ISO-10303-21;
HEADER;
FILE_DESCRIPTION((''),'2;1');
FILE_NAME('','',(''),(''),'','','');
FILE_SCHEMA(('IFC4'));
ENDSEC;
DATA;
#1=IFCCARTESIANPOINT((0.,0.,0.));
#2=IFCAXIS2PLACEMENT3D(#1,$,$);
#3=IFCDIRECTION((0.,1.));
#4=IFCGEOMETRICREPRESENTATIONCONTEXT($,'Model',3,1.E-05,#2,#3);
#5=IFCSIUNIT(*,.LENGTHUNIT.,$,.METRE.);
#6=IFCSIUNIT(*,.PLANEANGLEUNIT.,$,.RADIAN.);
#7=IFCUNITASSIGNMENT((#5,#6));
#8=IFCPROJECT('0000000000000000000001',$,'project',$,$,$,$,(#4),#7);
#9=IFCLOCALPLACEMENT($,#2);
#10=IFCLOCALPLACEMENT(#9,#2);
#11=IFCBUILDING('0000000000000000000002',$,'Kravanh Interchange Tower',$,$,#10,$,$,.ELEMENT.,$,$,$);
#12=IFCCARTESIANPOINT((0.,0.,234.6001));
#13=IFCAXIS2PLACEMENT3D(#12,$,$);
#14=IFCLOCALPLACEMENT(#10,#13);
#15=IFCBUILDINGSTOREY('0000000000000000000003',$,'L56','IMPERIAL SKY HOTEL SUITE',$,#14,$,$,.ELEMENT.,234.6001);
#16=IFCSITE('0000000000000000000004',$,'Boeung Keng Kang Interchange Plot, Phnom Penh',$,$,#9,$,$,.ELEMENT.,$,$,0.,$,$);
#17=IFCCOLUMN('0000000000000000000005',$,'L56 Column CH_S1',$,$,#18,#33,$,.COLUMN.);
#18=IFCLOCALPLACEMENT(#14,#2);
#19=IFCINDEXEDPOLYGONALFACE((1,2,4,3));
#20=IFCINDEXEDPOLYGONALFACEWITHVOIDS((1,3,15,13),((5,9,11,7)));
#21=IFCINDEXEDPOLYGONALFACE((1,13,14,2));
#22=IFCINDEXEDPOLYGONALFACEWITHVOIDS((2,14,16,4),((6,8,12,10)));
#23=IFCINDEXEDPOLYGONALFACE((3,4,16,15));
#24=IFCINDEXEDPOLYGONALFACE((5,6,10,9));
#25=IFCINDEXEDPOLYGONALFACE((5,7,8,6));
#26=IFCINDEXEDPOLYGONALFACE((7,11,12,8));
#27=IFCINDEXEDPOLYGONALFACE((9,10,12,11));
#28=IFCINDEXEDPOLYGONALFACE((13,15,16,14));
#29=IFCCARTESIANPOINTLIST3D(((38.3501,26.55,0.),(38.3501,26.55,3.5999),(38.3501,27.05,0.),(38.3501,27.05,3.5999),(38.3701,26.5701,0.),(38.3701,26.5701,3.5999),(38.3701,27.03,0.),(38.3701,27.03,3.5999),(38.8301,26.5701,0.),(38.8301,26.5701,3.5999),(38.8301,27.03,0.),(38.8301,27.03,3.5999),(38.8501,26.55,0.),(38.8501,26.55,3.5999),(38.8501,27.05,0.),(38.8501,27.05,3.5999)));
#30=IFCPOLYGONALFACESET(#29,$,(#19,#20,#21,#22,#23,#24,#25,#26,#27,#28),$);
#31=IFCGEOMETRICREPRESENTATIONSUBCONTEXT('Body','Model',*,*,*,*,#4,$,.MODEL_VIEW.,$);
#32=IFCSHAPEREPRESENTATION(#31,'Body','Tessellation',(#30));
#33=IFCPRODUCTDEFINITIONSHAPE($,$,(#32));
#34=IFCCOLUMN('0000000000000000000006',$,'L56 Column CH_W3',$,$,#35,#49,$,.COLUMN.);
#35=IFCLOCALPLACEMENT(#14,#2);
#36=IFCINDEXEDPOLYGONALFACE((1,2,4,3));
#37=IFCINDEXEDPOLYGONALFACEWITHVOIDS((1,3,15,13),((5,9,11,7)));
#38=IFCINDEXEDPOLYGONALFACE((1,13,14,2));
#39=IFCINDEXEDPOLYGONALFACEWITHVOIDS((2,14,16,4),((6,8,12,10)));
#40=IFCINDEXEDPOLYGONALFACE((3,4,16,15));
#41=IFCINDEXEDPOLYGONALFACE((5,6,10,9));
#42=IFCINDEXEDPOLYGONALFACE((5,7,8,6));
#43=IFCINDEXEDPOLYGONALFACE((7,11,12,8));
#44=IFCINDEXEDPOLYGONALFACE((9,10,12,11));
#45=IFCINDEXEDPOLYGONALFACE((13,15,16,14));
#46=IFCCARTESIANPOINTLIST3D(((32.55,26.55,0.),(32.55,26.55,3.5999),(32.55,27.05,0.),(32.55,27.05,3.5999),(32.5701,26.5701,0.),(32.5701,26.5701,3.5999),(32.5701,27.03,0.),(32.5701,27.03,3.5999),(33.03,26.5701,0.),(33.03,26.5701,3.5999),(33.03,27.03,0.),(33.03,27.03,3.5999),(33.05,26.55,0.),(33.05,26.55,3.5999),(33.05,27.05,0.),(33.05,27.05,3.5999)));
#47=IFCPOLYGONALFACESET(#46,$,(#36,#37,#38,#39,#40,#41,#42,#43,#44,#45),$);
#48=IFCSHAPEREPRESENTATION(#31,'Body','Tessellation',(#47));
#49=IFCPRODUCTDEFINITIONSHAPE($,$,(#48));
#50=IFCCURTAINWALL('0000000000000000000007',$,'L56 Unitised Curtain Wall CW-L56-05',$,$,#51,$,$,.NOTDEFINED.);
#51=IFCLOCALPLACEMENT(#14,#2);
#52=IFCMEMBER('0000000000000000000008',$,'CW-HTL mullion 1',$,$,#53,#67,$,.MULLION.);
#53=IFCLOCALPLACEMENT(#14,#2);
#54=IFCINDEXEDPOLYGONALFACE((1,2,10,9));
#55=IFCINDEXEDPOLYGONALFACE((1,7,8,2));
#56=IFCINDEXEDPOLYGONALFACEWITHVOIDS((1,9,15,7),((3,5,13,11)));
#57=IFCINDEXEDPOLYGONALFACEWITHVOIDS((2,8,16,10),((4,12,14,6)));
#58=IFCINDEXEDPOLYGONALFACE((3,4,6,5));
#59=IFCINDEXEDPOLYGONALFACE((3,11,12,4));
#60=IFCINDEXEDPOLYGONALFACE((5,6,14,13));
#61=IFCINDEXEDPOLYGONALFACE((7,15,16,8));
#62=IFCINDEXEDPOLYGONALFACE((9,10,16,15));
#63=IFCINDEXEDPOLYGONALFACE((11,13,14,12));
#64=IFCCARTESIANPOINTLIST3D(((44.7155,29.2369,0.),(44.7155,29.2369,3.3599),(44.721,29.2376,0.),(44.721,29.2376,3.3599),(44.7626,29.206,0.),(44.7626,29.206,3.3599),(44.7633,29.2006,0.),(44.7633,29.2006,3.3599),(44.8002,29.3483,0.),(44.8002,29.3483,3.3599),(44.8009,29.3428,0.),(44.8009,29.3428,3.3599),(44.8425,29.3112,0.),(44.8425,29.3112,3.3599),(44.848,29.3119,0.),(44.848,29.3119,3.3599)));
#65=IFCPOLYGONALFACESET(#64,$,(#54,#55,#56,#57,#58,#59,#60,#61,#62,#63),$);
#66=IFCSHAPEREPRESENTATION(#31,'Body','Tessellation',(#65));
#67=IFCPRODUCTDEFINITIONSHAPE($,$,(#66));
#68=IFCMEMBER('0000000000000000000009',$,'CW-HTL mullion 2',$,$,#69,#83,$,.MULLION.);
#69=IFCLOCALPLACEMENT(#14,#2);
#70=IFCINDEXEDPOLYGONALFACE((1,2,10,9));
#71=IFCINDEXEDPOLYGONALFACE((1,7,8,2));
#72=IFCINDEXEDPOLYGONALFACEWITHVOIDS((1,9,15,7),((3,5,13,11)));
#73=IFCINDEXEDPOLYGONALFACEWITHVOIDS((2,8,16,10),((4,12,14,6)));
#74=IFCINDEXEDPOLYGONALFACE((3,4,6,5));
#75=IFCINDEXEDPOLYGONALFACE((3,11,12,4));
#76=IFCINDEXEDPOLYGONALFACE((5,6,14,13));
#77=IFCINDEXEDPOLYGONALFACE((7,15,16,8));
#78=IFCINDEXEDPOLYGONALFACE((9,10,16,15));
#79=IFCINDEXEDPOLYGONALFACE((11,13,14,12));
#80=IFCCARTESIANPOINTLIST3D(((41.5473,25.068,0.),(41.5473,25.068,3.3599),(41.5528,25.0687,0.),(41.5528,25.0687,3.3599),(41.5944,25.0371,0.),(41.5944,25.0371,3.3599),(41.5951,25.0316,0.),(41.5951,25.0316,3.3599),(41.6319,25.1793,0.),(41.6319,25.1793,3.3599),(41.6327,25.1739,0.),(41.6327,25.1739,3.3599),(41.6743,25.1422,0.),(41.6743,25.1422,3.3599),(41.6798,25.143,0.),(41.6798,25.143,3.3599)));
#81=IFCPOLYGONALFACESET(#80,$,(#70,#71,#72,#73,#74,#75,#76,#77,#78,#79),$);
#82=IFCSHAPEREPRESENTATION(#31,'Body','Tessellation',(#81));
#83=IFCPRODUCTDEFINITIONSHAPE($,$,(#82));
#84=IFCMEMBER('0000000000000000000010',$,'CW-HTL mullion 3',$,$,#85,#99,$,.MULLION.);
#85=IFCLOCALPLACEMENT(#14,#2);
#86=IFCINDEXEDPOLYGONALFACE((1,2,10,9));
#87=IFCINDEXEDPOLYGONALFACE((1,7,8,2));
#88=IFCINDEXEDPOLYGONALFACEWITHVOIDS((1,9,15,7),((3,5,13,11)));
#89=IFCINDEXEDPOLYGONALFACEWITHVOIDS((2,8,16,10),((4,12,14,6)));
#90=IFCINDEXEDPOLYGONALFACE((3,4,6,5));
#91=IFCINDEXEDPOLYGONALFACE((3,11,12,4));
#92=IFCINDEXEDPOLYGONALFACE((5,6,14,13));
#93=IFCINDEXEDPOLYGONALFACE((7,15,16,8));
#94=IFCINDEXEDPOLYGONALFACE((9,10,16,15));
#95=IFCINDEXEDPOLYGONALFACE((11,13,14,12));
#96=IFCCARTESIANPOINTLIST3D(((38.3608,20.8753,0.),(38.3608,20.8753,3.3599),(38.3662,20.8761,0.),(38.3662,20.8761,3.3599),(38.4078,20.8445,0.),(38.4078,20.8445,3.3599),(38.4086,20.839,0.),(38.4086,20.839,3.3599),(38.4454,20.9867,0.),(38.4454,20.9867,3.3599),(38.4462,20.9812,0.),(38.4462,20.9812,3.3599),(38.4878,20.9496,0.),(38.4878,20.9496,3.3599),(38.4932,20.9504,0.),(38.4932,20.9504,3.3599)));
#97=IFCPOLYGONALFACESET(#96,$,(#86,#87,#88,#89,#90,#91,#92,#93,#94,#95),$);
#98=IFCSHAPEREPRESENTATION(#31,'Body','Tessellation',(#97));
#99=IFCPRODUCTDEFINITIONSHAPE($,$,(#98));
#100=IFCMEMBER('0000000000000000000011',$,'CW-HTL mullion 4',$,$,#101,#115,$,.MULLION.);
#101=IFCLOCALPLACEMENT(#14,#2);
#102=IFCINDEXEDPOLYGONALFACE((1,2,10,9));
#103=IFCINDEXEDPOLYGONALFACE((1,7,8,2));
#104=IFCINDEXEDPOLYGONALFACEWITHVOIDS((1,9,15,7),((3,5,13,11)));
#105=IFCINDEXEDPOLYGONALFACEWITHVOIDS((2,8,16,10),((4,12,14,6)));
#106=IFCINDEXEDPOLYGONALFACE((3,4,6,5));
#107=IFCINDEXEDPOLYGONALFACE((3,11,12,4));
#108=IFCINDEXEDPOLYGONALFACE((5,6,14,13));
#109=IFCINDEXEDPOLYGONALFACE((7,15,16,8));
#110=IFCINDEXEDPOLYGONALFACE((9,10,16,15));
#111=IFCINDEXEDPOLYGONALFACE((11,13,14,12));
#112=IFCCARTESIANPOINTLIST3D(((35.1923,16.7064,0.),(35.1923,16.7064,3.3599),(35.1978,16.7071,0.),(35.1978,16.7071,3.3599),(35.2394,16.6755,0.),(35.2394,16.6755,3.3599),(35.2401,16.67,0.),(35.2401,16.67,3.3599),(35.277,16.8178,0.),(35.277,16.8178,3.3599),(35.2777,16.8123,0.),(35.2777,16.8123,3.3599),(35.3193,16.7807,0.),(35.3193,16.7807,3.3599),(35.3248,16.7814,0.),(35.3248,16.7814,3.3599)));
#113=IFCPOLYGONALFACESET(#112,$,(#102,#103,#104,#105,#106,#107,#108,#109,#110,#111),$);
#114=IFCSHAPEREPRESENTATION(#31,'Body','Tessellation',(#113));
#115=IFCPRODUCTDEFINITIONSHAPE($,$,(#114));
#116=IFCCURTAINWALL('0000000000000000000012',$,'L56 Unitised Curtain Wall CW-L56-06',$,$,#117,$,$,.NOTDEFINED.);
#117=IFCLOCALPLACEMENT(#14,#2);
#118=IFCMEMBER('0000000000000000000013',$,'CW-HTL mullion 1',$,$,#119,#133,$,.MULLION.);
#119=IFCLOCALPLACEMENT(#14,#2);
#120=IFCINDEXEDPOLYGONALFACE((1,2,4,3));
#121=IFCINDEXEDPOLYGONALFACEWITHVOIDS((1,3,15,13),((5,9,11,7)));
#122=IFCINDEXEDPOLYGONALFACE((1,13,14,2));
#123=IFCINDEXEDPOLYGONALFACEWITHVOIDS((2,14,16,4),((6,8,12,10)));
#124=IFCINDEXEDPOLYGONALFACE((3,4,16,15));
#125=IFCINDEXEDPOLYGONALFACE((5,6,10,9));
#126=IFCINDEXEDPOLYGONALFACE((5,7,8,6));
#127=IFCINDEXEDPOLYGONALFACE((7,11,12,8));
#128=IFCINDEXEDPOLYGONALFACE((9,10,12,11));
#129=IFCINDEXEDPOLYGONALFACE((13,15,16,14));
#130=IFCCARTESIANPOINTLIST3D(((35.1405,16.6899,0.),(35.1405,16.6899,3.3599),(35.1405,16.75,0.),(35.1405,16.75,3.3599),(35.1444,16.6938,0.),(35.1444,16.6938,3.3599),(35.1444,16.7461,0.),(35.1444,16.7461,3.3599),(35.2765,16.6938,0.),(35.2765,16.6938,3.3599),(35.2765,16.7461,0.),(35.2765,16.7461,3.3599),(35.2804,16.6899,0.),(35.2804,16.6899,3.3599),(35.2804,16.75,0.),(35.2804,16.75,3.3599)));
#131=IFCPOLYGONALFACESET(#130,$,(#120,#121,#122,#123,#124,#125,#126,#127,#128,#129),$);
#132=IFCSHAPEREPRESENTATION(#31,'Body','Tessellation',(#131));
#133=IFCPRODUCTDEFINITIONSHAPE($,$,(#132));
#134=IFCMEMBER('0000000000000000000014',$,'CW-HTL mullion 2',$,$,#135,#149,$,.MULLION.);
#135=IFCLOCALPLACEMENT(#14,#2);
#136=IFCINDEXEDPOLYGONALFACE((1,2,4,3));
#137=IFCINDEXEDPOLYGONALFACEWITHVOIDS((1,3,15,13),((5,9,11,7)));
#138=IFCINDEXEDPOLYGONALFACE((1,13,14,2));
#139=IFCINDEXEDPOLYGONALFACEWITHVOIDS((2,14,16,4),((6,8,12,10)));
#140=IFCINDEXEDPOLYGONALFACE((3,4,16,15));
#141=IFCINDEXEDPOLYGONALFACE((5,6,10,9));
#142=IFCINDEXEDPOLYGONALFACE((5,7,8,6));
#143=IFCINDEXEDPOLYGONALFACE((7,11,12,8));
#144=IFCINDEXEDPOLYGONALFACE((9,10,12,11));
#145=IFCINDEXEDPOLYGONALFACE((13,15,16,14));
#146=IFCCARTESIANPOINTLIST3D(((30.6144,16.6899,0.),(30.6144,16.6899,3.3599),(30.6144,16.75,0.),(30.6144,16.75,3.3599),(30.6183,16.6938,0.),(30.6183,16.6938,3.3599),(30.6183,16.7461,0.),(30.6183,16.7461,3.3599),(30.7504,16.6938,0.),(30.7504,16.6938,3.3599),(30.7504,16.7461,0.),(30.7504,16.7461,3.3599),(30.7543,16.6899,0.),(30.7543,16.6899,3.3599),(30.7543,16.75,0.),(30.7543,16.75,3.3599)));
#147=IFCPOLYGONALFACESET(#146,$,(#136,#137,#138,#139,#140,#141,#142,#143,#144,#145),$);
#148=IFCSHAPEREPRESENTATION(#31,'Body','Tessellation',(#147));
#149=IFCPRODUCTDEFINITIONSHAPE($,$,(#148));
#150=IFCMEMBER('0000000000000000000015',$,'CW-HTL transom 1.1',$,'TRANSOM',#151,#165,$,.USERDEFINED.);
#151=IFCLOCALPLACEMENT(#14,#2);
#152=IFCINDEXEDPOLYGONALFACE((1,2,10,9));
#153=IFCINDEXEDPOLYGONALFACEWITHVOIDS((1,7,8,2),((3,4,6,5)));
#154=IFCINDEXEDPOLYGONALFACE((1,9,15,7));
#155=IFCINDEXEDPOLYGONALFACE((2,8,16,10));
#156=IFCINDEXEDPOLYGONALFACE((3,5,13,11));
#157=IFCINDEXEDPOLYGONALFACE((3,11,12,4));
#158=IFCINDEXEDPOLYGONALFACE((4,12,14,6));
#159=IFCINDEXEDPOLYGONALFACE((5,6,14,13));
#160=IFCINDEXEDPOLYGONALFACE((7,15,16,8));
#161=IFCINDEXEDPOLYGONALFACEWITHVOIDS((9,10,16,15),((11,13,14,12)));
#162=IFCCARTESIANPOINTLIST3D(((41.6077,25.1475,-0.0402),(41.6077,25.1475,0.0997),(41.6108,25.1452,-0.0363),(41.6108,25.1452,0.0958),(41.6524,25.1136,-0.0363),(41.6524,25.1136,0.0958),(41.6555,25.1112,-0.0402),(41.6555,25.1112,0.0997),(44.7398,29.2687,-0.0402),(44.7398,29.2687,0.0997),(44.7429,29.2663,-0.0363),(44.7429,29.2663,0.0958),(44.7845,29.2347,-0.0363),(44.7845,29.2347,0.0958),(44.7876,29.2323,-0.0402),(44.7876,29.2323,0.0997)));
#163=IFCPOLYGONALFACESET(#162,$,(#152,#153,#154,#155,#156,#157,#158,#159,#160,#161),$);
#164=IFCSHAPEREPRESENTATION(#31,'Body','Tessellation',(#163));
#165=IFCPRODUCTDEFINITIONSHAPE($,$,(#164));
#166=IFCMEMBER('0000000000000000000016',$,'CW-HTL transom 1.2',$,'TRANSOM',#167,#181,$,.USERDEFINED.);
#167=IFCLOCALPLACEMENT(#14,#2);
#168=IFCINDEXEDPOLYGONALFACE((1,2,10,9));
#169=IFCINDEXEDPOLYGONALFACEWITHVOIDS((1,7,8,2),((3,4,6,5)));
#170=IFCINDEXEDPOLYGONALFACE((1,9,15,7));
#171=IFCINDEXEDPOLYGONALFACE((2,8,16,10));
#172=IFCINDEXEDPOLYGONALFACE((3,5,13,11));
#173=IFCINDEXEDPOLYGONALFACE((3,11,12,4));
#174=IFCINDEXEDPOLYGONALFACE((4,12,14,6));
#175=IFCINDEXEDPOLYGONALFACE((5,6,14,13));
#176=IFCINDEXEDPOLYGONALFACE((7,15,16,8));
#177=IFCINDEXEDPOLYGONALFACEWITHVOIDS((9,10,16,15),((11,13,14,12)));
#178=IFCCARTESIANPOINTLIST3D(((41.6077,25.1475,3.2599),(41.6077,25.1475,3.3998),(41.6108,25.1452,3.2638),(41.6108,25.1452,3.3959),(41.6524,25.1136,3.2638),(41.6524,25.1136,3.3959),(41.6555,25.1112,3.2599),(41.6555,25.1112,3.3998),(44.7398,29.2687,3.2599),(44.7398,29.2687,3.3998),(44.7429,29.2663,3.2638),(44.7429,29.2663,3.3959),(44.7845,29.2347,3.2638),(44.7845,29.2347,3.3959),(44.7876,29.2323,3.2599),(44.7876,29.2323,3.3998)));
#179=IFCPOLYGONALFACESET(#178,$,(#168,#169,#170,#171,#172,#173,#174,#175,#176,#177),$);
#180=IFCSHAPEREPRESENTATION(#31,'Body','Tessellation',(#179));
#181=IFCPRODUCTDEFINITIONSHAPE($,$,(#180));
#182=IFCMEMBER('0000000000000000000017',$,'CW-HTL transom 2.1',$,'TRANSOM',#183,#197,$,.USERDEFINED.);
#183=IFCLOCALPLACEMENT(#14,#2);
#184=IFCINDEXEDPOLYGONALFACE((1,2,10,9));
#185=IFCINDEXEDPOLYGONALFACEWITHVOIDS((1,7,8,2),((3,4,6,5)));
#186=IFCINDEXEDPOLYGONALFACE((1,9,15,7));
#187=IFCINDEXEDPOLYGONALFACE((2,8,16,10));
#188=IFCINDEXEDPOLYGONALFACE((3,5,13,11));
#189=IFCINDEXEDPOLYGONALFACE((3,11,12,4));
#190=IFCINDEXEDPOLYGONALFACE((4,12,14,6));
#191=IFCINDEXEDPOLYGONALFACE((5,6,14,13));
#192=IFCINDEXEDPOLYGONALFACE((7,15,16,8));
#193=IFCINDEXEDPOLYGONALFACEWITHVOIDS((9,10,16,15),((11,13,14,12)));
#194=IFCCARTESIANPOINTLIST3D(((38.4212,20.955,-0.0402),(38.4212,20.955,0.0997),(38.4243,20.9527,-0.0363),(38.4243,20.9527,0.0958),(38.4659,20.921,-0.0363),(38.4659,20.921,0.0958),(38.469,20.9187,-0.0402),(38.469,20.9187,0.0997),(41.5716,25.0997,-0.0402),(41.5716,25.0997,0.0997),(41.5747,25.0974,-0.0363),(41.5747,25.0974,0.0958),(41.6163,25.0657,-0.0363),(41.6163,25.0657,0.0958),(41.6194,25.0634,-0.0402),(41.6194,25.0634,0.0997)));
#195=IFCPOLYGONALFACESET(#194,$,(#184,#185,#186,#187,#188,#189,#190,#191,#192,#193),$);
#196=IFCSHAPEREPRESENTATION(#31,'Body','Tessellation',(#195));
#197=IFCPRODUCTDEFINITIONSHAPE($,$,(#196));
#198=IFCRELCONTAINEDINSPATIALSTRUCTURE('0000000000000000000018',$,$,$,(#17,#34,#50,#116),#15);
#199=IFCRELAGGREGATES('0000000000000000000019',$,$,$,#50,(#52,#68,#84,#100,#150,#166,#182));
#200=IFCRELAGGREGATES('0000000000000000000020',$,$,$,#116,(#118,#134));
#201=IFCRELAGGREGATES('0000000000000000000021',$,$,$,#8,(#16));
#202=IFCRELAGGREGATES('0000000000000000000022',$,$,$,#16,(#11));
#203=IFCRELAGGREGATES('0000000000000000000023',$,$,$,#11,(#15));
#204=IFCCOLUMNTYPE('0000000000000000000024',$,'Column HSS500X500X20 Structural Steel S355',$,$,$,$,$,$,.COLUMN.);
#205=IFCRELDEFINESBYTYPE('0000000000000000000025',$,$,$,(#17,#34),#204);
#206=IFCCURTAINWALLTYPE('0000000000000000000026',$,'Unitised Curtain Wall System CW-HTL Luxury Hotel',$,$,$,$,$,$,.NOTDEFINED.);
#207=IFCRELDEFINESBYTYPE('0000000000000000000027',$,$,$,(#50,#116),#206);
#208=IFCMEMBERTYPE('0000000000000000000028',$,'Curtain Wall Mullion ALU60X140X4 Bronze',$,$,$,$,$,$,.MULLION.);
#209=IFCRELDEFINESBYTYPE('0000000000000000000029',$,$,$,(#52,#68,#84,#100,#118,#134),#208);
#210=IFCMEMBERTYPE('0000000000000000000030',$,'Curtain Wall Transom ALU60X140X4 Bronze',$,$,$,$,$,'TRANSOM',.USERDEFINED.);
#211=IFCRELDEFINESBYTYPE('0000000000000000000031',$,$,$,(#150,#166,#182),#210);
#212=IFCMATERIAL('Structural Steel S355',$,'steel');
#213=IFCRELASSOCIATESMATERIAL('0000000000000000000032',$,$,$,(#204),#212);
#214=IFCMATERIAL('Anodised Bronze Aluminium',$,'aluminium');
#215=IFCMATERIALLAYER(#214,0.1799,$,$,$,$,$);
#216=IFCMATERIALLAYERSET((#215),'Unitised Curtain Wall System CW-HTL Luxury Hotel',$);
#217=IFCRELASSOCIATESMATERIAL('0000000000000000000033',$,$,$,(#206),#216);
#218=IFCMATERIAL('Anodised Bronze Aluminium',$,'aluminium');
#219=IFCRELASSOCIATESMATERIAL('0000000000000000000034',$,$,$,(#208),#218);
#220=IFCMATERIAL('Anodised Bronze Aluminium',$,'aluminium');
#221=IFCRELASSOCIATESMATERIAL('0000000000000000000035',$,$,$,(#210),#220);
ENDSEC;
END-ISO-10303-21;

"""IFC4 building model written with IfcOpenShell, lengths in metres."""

from ifc_helpers import new_model, si_unit, direction, frame, origin, origin_2d, place, context, subcontext, project, spatial, hollow_rectangle, extrude, material, layer, layer_set, material_profile, profile_set, type_object, element, aggregate, save


model = new_model("IFC4")

# Units and contexts
model_context = context("Model", 3, precision=1e-05, world=origin(), true_north=direction((0.0, 1.0)))
body_context = subcontext(model_context, "Body", "Model", "MODEL_VIEW")
ifc_project = project(units=[si_unit("LENGTHUNIT", "METRE"), si_unit("PLANEANGLEUNIT", "RADIAN")], contexts=[model_context])

# Site, building, storey
site_placement = place(None, origin())
site = spatial("IfcSite", under=ifc_project, at=site_placement, Name="Boeung Keng Kang Interchange Plot, Phnom Penh", CompositionType="ELEMENT", RefElevation=0.0)
building_placement = place(site_placement, origin())
building = spatial("IfcBuilding", under=site, at=building_placement, Name="Kravanh Interchange Tower", CompositionType="ELEMENT")
storey_placement = place(building_placement, frame((0.0, 0.0, 234.6001)))
storey = spatial("IfcBuildingStorey", under=building, at=storey_placement, Name="L56", Description="IMPERIAL SKY HOTEL SUITE", CompositionType="ELEMENT", Elevation=234.6001)

# Columns
ifc_material_1 = material(Name="Structural Steel S355", Category="steel")
ifc_material_profile_1 = material_profile(ifc_material_1, hollow_rectangle(XDim=0.5, YDim=0.5, WallThickness=0.02, at=origin_2d()), Name="HSS500X500X20")
ifc_profile_set_1 = profile_set([ifc_material_profile_1], Name="Structural Steel S355")
column_type = type_object("IfcColumnType", Name="Column HSS500X500X20 Structural Steel S355", PredefinedType="COLUMN", material=ifc_profile_set_1)
for number, where, z_axis, x_axis, name in (
    (1, (38.6001, 26.8, 0.0), (0.0, 0.0, 1.0), (1.0, 0.0, 0.0), "L56 Column CH_S1"),
    (2, (32.8, 26.8, 0.0), (0.0, 0.0, 1.0), (1.0, 0.0, 0.0), "L56 Column CH_W3"),
):
    element("IfcColumn", number, at=place(storey_placement, frame(where, z_axis=z_axis, x_axis=x_axis)), inside=storey, type_object=column_type, Name=name, PredefinedType="COLUMN", context=body_context, shape_type="SweptSolid", body=[
        extrude(hollow_rectangle(XDim=0.5, YDim=0.5, WallThickness=0.02, at=origin_2d()), origin(), (0.0, 0.0, 1.0), 3.5999),
    ])

# Curtain walls, members
ifc_material_2 = material(Name="Anodised Bronze Aluminium", Category="aluminium")
ifc_layer_1 = layer(ifc_material_2, 0.1799)
ifc_layer_set_1 = layer_set([ifc_layer_1], Name="Unitised Curtain Wall System CW-HTL Luxury Hotel")
curtain_wall_type = type_object("IfcCurtainWallType", Name="Unitised Curtain Wall System CW-HTL Luxury Hotel", PredefinedType="NOTDEFINED", material=ifc_layer_set_1)
curtain_wall_1_placement = place(storey_placement, origin())
curtain_wall_1 = element("IfcCurtainWall", 3, at=curtain_wall_1_placement, inside=storey, type_object=curtain_wall_type, Name="L56 Unitised Curtain Wall CW-L56-05", PredefinedType="NOTDEFINED")
ifc_material_3 = material(Name="Anodised Bronze Aluminium", Category="aluminium")
ifc_material_profile_2 = material_profile(ifc_material_3, hollow_rectangle(XDim=0.0601, YDim=0.1399, WallThickness=0.0039, at=origin_2d()), Name="ALU60X140X4")
ifc_profile_set_2 = profile_set([ifc_material_profile_2], Name="Anodised Bronze Aluminium")
member_type_1 = type_object("IfcMemberType", Name="Curtain Wall Mullion ALU60X140X4 Bronze", PredefinedType="MULLION", material=ifc_profile_set_2)
member_1_placement = place(storey_placement, frame((44.7817, 29.2744, 0.0), z_axis=(0.0, 0.0, 1.0), x_axis=(0.796162, -0.605083, 0.0)))
member_1 = element("IfcMember", 4, at=member_1_placement, type_object=member_type_1, Name="CW-HTL mullion 1", PredefinedType="MULLION", context=body_context, shape_type="SweptSolid", body=[
    extrude(hollow_rectangle(XDim=0.0601, YDim=0.1399, WallThickness=0.0039, at=origin_2d()), origin(), (0.0, 0.0, 1.0), 3.3599),
])
member_2_placement = place(storey_placement, frame((41.6135, 25.1055, 0.0), z_axis=(0.0, 0.0, 1.0), x_axis=(0.796162, -0.605083, 0.0)))
member_2 = element("IfcMember", 5, at=member_2_placement, type_object=member_type_1, Name="CW-HTL mullion 2", PredefinedType="MULLION", context=body_context, shape_type="SweptSolid", body=[
    extrude(hollow_rectangle(XDim=0.0601, YDim=0.1399, WallThickness=0.0039, at=origin_2d()), origin(), (0.0, 0.0, 1.0), 3.3599),
])
member_3_placement = place(storey_placement, frame((38.427, 20.9128, 0.0), z_axis=(0.0, 0.0, 1.0), x_axis=(0.796162, -0.605083, 0.0)))
member_3 = element("IfcMember", 6, at=member_3_placement, type_object=member_type_1, Name="CW-HTL mullion 3", PredefinedType="MULLION", context=body_context, shape_type="SweptSolid", body=[
    extrude(hollow_rectangle(XDim=0.0601, YDim=0.1399, WallThickness=0.0039, at=origin_2d()), origin(), (0.0, 0.0, 1.0), 3.3599),
])
member_4_placement = place(storey_placement, frame((35.2585, 16.7439, 0.0), z_axis=(0.0, 0.0, 1.0), x_axis=(0.796162, -0.605083, 0.0)))
member_4 = element("IfcMember", 7, at=member_4_placement, type_object=member_type_1, Name="CW-HTL mullion 4", PredefinedType="MULLION", context=body_context, shape_type="SweptSolid", body=[
    extrude(hollow_rectangle(XDim=0.0601, YDim=0.1399, WallThickness=0.0039, at=origin_2d()), origin(), (0.0, 0.0, 1.0), 3.3599),
])
curtain_wall_2_placement = place(storey_placement, origin())
curtain_wall_2 = element("IfcCurtainWall", 8, at=curtain_wall_2_placement, inside=storey, type_object=curtain_wall_type, Name="L56 Unitised Curtain Wall CW-L56-06", PredefinedType="NOTDEFINED")
member_5_placement = place(storey_placement, frame((35.2104, 16.72, 0.0), z_axis=(0.0, 0.0, 1.0), x_axis=(0.0, -1.0, 0.0)))
member_5 = element("IfcMember", 9, at=member_5_placement, type_object=member_type_1, Name="CW-HTL mullion 1", PredefinedType="MULLION", context=body_context, shape_type="SweptSolid", body=[
    extrude(hollow_rectangle(XDim=0.0601, YDim=0.1399, WallThickness=0.0039, at=origin_2d()), origin(), (0.0, 0.0, 1.0), 3.3599),
])
member_6_placement = place(storey_placement, frame((30.6843, 16.72, 0.0), z_axis=(0.0, 0.0, 1.0), x_axis=(0.0, -1.0, 0.0)))
member_6 = element("IfcMember", 10, at=member_6_placement, type_object=member_type_1, Name="CW-HTL mullion 2", PredefinedType="MULLION", context=body_context, shape_type="SweptSolid", body=[
    extrude(hollow_rectangle(XDim=0.0601, YDim=0.1399, WallThickness=0.0039, at=origin_2d()), origin(), (0.0, 0.0, 1.0), 3.3599),
])

# Members
ifc_material_4 = material(Name="Anodised Bronze Aluminium", Category="aluminium")
ifc_material_profile_3 = material_profile(ifc_material_4, hollow_rectangle(XDim=0.0601, YDim=0.1399, WallThickness=0.0039, at=origin_2d()), Name="ALU60X140X4")
ifc_profile_set_3 = profile_set([ifc_material_profile_3], Name="Anodised Bronze Aluminium")
member_type_2 = type_object("IfcMemberType", Name="Curtain Wall Transom ALU60X140X4 Bronze", ElementType="TRANSOM", PredefinedType="USERDEFINED", material=ifc_profile_set_3)
member_7_placement = place(storey_placement, frame((44.7637, 29.2505, 0.0298), z_axis=(-0.605089, -0.796158, 0.0), x_axis=(0.796158, -0.605089, 0.0)))
member_7 = element("IfcMember", 11, at=member_7_placement, type_object=member_type_2, Name="CW-HTL transom 1.1", ObjectType="TRANSOM", PredefinedType="USERDEFINED", context=body_context, shape_type="SweptSolid", body=[
    extrude(hollow_rectangle(XDim=0.0601, YDim=0.1399, WallThickness=0.0039, at=origin_2d()), origin(), (0.0, 0.0, 1.0), 5.1763),
])
member_8_placement = place(storey_placement, frame((44.7637, 29.2505, 3.3298), z_axis=(-0.605089, -0.796158, 0.0), x_axis=(0.796158, -0.605089, 0.0)))
member_8 = element("IfcMember", 12, at=member_8_placement, type_object=member_type_2, Name="CW-HTL transom 1.2", ObjectType="TRANSOM", PredefinedType="USERDEFINED", context=body_context, shape_type="SweptSolid", body=[
    extrude(hollow_rectangle(XDim=0.0601, YDim=0.1399, WallThickness=0.0039, at=origin_2d()), origin(), (0.0, 0.0, 1.0), 5.1763),
])
member_9_placement = place(storey_placement, frame((41.5955, 25.0815, 0.0298), z_axis=(-0.605127, -0.796129, 0.0), x_axis=(0.796129, -0.605127, 0.0)))
member_9 = element("IfcMember", 13, at=member_9_placement, type_object=member_type_2, Name="CW-HTL transom 2.1", ObjectType="TRANSOM", PredefinedType="USERDEFINED", context=body_context, shape_type="SweptSolid", body=[
    extrude(hollow_rectangle(XDim=0.0601, YDim=0.1399, WallThickness=0.0039, at=origin_2d()), origin(), (0.0, 0.0, 1.0), 5.2061),
])

aggregate(curtain_wall_1, [member_1, member_2, member_3, member_4, member_7, member_8, member_9])
aggregate(curtain_wall_2, [member_5, member_6])

save(model, "model.ifc")
